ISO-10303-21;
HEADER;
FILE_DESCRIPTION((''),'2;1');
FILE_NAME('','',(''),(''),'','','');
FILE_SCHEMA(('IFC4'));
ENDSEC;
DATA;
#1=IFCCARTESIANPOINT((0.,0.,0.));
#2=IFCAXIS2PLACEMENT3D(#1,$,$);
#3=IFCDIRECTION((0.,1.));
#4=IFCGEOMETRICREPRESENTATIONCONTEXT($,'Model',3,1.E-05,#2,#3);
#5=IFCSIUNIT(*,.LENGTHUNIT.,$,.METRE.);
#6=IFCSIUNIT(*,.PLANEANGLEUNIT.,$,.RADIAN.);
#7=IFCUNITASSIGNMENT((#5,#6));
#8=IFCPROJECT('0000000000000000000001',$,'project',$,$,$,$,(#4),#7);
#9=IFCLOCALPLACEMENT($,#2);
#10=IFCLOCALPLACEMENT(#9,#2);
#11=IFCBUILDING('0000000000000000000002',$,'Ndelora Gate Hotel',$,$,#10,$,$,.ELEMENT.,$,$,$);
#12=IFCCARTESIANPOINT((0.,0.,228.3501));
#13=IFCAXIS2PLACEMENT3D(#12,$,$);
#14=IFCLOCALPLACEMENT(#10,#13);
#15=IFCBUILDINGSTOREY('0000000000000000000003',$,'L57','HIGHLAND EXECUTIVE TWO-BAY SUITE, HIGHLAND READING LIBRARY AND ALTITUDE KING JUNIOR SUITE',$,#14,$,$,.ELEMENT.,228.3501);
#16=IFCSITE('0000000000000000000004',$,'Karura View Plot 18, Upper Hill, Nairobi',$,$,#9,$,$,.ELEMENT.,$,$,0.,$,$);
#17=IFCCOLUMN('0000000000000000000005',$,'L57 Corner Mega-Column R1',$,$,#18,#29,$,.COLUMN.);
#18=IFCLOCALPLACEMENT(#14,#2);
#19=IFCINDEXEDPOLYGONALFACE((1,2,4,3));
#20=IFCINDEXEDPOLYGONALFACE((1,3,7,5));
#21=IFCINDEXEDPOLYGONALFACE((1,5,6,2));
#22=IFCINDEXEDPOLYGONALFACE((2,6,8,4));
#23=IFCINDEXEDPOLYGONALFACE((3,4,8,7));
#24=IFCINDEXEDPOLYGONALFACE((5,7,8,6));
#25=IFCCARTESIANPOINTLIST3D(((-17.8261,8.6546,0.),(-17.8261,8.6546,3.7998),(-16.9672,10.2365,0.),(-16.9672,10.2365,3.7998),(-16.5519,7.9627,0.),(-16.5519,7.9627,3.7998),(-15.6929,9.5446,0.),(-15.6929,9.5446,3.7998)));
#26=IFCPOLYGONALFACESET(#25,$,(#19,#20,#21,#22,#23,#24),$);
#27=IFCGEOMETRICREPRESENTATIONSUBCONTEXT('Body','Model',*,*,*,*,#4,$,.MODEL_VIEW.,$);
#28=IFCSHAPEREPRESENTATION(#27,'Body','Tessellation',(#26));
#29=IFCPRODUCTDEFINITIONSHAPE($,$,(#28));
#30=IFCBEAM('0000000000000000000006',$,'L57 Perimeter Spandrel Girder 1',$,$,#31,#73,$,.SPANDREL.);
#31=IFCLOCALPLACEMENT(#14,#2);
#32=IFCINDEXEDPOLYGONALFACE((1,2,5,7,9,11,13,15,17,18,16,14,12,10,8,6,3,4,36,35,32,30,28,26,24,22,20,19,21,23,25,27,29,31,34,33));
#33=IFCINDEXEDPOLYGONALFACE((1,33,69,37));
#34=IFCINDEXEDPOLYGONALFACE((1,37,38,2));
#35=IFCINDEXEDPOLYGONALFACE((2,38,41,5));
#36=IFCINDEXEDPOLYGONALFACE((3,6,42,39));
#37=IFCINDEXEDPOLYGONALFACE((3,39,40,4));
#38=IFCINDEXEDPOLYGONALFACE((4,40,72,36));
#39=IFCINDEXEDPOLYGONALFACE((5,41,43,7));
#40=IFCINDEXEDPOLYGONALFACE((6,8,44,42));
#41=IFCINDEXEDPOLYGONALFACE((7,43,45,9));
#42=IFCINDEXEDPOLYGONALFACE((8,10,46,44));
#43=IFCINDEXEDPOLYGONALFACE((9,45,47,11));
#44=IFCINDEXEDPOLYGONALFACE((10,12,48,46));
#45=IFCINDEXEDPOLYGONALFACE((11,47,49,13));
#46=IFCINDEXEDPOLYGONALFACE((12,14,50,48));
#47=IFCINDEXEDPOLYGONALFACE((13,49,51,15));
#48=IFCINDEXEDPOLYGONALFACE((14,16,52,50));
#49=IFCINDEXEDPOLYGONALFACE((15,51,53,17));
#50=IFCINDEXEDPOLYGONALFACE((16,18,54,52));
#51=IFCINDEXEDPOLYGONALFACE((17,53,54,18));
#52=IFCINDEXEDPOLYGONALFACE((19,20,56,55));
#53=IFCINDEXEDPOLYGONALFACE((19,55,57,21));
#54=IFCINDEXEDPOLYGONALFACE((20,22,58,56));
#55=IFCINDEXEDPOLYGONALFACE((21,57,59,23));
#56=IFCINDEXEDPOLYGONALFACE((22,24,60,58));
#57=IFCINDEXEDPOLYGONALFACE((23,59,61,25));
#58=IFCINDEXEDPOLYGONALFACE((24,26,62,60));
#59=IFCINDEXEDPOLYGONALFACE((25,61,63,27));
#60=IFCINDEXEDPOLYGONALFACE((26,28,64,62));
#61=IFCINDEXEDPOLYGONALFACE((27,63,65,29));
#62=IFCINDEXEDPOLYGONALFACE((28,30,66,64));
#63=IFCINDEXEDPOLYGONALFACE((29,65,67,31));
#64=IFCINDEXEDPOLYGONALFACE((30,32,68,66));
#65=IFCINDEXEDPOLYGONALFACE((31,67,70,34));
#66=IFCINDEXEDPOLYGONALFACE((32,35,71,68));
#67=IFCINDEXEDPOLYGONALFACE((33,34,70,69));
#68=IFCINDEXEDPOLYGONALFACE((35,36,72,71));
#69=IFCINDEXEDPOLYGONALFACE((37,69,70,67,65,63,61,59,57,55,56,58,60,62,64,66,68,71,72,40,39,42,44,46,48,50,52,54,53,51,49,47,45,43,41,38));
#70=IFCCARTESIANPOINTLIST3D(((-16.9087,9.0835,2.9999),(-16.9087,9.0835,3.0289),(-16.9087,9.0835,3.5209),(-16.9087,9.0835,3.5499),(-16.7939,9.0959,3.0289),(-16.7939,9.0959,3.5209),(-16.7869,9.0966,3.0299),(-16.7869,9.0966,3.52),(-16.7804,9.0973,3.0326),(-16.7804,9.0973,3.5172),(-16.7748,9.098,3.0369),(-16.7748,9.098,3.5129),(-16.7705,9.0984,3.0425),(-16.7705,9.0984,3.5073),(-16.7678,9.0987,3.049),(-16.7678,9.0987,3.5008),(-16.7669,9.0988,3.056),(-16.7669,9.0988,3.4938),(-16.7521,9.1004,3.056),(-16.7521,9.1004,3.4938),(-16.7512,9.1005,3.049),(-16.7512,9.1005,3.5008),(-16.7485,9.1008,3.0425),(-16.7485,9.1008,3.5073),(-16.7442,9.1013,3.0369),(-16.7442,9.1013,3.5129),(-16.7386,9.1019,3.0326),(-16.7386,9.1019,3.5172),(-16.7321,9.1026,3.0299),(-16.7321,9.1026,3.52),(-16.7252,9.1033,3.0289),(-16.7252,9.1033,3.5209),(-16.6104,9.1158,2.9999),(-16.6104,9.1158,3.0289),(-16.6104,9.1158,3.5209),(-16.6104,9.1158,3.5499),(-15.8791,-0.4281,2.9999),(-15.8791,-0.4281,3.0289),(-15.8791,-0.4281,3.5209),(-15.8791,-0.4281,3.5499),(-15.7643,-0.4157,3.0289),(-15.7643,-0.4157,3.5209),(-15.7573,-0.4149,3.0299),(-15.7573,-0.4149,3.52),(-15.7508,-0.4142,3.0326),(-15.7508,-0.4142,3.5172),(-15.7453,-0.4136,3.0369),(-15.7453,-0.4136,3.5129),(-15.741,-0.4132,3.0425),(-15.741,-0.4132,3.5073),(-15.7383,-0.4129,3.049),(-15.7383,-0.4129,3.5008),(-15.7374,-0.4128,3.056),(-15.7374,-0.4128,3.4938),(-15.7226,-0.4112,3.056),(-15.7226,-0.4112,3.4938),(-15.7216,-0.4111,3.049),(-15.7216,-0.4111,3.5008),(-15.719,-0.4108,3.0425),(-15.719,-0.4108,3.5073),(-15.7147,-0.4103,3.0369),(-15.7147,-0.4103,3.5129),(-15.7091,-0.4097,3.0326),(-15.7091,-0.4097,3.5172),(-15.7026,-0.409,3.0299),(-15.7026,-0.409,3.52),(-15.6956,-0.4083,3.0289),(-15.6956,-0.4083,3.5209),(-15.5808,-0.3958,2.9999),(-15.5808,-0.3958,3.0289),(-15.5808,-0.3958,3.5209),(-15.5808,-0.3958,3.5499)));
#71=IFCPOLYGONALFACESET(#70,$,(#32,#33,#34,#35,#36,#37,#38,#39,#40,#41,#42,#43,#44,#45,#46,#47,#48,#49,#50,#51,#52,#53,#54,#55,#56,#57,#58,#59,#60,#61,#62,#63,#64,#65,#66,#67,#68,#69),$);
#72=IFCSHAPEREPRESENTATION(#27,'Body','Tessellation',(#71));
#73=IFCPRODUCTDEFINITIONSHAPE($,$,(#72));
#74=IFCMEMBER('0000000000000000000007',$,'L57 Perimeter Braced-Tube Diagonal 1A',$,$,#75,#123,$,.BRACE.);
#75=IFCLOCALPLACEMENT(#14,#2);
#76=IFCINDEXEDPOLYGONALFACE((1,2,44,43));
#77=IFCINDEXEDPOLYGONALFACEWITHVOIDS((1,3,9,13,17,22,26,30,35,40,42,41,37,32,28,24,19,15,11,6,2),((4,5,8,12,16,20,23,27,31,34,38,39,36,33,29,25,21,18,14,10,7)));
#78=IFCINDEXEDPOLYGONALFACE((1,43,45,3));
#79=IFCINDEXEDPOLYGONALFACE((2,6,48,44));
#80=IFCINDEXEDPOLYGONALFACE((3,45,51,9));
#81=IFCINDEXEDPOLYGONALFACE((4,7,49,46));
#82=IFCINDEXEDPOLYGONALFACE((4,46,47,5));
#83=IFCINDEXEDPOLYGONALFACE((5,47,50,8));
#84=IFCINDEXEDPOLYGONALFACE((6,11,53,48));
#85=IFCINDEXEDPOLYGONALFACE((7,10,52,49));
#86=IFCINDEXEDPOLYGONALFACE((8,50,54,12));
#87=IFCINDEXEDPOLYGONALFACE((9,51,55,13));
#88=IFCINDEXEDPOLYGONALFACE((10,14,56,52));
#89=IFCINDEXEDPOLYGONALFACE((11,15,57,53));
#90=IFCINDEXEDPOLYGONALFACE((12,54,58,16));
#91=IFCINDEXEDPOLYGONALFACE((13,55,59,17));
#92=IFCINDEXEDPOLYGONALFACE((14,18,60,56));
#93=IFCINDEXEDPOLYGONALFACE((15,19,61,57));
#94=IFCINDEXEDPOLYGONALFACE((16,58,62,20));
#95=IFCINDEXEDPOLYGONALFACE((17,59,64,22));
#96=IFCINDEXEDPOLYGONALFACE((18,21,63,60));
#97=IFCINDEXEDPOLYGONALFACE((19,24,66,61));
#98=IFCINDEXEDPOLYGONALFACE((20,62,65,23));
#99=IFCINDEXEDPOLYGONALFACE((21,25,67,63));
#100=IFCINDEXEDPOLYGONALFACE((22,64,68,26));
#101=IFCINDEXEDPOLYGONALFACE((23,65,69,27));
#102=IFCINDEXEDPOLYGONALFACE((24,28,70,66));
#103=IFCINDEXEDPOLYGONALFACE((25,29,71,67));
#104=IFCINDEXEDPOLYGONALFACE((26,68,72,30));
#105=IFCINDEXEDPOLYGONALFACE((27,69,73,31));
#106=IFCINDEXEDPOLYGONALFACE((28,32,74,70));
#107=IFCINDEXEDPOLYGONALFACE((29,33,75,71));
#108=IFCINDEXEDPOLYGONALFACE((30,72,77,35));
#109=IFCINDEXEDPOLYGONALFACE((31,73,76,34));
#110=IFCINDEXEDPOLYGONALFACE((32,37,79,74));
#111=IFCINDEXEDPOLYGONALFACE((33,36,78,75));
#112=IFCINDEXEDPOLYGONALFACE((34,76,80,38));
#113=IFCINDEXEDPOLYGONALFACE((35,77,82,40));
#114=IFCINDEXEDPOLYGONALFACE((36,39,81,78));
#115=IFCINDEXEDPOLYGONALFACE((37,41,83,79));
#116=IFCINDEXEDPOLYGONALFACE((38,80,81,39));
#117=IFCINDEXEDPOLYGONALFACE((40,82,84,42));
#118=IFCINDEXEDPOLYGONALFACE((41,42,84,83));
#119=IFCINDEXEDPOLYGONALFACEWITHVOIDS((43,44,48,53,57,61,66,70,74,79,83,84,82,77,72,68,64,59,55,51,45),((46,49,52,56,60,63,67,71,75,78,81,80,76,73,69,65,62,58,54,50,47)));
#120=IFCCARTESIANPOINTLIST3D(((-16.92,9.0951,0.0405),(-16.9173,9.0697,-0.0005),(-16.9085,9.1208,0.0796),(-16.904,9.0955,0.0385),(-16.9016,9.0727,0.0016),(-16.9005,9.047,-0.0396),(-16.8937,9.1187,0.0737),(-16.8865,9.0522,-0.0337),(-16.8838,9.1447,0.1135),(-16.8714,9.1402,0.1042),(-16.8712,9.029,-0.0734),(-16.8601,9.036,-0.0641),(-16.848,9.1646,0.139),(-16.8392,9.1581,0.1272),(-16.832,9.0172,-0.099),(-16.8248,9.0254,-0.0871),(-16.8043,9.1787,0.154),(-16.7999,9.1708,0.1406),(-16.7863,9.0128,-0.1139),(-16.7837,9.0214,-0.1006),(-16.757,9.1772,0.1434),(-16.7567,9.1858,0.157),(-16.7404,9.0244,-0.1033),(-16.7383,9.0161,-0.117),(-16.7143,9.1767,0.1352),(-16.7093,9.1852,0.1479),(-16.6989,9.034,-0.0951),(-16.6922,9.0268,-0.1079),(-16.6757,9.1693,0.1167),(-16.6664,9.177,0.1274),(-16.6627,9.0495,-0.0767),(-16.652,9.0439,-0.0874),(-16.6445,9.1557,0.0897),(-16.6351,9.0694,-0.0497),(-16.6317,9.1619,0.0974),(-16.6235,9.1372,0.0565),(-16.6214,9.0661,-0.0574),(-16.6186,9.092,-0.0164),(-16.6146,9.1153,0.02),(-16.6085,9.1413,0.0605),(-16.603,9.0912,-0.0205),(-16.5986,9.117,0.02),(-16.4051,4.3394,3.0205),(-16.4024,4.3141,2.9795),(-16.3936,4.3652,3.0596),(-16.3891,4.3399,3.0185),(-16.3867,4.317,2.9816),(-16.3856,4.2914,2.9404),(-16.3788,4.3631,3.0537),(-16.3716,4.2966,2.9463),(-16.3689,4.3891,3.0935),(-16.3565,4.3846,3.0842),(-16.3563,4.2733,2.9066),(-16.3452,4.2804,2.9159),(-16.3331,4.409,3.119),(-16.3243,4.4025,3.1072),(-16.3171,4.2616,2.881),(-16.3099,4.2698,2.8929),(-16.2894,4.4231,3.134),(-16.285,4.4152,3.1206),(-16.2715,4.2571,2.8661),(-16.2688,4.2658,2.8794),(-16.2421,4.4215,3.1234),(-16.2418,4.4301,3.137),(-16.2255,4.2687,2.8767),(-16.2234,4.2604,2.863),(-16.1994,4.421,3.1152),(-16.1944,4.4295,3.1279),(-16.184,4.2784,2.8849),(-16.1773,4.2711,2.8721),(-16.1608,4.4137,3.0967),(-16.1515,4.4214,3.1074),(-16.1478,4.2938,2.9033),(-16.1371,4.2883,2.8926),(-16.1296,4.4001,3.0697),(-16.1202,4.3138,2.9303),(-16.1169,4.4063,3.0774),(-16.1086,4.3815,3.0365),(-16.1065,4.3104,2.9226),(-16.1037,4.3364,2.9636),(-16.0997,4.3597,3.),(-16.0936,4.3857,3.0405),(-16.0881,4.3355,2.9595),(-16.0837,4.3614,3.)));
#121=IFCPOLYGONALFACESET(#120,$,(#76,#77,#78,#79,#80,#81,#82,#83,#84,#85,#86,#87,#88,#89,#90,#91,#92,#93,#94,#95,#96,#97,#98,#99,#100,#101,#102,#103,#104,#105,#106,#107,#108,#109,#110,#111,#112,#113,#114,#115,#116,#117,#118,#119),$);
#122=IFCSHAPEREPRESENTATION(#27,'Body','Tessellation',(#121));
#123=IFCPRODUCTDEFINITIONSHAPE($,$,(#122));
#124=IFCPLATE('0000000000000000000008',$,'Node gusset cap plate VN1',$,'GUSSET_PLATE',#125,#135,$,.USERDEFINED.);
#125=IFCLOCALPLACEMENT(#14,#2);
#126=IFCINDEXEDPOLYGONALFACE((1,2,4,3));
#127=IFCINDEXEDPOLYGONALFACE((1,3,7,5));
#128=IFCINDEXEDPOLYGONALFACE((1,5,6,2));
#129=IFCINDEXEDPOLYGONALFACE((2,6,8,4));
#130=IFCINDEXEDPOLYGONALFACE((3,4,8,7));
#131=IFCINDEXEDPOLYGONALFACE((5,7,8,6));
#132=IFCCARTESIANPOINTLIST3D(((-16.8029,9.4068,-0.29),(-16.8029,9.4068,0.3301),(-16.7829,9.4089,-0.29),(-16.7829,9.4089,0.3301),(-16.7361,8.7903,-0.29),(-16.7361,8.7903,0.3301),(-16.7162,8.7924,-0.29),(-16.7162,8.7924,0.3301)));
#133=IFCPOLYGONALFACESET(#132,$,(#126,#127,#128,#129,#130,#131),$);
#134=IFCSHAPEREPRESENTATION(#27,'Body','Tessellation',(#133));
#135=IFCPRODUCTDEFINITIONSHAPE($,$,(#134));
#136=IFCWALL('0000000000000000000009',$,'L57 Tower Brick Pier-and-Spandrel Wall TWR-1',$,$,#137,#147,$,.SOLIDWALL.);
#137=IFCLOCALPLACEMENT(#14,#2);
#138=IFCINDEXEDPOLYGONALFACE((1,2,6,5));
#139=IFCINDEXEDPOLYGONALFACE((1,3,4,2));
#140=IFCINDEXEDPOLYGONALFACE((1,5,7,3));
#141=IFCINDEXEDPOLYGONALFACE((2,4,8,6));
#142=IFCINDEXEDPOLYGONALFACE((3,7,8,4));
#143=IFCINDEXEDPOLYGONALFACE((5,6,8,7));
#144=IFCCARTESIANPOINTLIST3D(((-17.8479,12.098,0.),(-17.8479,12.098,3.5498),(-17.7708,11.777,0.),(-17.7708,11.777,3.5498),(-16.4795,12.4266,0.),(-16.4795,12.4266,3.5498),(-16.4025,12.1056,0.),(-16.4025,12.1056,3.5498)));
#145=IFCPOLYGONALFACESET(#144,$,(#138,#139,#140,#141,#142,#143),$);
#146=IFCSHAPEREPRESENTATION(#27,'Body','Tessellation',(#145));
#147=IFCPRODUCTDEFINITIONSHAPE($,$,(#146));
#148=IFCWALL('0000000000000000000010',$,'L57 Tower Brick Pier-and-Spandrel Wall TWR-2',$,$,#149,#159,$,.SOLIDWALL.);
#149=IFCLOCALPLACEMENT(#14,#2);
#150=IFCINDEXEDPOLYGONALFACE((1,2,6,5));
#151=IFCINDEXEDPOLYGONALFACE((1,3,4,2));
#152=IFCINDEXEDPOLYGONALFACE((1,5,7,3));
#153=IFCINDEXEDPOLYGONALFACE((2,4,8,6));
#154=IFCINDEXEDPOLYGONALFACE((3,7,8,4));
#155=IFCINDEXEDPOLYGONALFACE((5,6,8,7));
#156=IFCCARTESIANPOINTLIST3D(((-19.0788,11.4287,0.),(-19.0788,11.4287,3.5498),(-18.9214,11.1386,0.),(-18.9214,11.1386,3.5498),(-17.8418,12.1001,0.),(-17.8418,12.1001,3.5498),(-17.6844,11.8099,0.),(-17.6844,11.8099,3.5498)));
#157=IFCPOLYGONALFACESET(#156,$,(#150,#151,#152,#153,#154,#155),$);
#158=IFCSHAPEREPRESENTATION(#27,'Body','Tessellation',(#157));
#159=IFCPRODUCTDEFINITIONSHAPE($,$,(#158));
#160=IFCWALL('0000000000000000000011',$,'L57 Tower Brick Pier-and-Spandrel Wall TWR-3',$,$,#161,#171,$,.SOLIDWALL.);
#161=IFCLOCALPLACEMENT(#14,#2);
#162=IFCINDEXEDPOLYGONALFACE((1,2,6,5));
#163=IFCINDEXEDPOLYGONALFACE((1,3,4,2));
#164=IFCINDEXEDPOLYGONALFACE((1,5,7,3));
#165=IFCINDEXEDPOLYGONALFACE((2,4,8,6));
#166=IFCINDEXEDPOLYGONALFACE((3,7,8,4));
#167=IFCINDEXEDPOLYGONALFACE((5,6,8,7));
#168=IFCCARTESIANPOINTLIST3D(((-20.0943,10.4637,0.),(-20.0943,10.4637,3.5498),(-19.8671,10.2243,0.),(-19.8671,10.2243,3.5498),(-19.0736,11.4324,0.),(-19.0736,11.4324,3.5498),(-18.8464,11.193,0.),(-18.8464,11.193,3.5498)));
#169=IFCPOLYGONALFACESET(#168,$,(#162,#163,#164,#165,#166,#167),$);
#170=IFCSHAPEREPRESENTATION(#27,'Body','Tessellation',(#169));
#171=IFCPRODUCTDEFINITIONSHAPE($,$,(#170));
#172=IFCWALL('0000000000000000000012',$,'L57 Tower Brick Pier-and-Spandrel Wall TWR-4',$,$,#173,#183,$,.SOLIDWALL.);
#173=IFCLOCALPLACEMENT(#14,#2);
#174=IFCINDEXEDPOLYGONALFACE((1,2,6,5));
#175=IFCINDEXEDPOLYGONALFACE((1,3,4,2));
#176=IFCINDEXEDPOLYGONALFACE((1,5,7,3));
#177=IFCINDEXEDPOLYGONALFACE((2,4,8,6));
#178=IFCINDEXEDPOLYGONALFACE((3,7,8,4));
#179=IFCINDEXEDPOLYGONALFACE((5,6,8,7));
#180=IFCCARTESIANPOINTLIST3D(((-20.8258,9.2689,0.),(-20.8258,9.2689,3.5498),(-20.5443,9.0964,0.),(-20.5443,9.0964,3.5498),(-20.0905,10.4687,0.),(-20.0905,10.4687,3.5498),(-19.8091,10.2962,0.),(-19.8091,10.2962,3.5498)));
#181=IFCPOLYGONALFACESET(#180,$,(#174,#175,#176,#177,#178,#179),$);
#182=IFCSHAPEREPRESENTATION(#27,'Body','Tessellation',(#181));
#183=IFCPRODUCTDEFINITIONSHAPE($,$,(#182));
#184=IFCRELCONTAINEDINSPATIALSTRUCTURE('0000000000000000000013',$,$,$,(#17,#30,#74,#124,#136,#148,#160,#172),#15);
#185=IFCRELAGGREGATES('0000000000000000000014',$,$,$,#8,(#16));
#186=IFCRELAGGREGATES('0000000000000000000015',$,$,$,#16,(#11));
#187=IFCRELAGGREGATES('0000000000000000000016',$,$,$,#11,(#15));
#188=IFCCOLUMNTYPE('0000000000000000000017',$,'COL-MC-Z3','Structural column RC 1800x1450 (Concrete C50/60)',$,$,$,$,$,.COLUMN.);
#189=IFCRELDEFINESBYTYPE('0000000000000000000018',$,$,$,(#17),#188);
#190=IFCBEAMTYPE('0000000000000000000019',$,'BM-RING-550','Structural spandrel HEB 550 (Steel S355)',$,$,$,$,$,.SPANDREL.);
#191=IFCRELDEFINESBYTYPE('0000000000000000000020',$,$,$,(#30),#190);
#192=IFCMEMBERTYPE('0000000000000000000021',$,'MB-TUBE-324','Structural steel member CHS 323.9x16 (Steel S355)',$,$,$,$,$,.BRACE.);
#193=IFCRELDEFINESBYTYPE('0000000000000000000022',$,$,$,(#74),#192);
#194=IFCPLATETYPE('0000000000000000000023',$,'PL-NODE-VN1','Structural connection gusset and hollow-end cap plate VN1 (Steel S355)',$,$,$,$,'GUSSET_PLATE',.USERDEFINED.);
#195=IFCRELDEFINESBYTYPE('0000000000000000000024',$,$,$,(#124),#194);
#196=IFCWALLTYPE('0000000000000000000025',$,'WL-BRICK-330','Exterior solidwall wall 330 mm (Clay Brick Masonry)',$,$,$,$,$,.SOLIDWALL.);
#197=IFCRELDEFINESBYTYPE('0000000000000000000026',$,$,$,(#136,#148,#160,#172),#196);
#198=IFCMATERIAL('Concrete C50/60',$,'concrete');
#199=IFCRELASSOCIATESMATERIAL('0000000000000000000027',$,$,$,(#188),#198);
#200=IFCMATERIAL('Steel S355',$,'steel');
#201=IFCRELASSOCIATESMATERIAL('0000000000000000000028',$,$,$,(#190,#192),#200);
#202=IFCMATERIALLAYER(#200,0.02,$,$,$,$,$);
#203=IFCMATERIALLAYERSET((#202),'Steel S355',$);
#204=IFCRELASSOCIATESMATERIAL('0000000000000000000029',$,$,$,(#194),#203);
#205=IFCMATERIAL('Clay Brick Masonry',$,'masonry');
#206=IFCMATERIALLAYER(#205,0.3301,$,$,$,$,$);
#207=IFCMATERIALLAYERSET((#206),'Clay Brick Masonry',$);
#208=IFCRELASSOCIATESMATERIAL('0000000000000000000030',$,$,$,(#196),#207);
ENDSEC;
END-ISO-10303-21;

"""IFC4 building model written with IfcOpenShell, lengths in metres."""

from ifc_helpers import new_model, si_unit, direction, frame, frame_2d, origin, origin_2d, place, context, subcontext, project, spatial, rectangle, hollow_circle, i_section, extrude, material, layer, layer_set, material_profile, profile_set, type_object, element, save


model = new_model("IFC4")

# Units and contexts
model_context = context("Model", 3, precision=1e-05, world=origin(), true_north=direction((0.0, 1.0)))
body_context = subcontext(model_context, "Body", "Model", "MODEL_VIEW")
ifc_project = project(units=[si_unit("LENGTHUNIT", "METRE"), si_unit("PLANEANGLEUNIT", "RADIAN")], contexts=[model_context])

# Site, building, storey
site_placement = place(None, origin())
site = spatial("IfcSite", under=ifc_project, at=site_placement, Name="Karura View Plot 18, Upper Hill, Nairobi", CompositionType="ELEMENT", RefElevation=0.0)
building_placement = place(site_placement, origin())
building = spatial("IfcBuilding", under=site, at=building_placement, Name="Ndelora Gate Hotel", CompositionType="ELEMENT")
storey_placement = place(building_placement, frame((0.0, 0.0, 228.3501)))
storey = spatial("IfcBuildingStorey", under=building, at=storey_placement, Name="L57", Description="HIGHLAND EXECUTIVE TWO-BAY SUITE, HIGHLAND READING LIBRARY AND ALTITUDE KING JUNIOR SUITE", CompositionType="ELEMENT", Elevation=228.3501)

# Column
ifc_material_1 = material(Name="Concrete C50/60", Category="concrete")
ifc_material_profile_1 = material_profile(ifc_material_1, rectangle(XDim=1.45, YDim=1.8, at=origin_2d()), Name="RC 1800x1450")
ifc_profile_set_1 = profile_set([ifc_material_profile_1], Name="Concrete C50/60")
column_type = type_object("IfcColumnType", Name="COL-MC-Z3", Description="Structural column RC 1800x1450 (Concrete C50/60)", PredefinedType="COLUMN", material=ifc_profile_set_1)
column_placement = place(storey_placement, frame((-16.7595, 9.0996, 0.0), z_axis=(0.0, 0.0, 1.0), x_axis=(-0.878817, 0.477159, 0.0)))
element("IfcColumn", 1, at=column_placement, inside=storey, type_object=column_type, Name="L57 Corner Mega-Column R1", PredefinedType="COLUMN", context=body_context, shape_type="SweptSolid", body=[
    extrude(rectangle(XDim=1.45, YDim=1.8, at=origin_2d()), origin(), (0.0, 0.0, 1.0), 3.7998),
])

# Beam
ifc_material_2 = material(Name="Steel S355", Category="steel")
ifc_material_profile_2 = material_profile(ifc_material_2, i_section(OverallWidth=0.3, OverallDepth=0.55, WebThickness=0.0149, FlangeThickness=0.0291, FilletRadius=0.0271, at=origin_2d()), Name="HEB 550")
ifc_profile_set_2 = profile_set([ifc_material_profile_2], Name="Steel S355")
beam_type = type_object("IfcBeamType", Name="BM-RING-550", Description="Structural spandrel HEB 550 (Steel S355)", PredefinedType="SPANDREL", material=ifc_profile_set_2)
beam_placement = place(storey_placement, frame((-16.7595, 9.0996, 3.2749), z_axis=(0.107613, -0.994193, 0.0), x_axis=(0.994193, 0.107613, 0.0)))
element("IfcBeam", 2, at=beam_placement, inside=storey, type_object=beam_type, Name="L57 Perimeter Spandrel Girder 1", PredefinedType="SPANDREL", context=body_context, shape_type="SweptSolid", body=[
    extrude(i_section(OverallWidth=0.3, OverallDepth=0.55, WebThickness=0.0149, FlangeThickness=0.0291, FilletRadius=0.0271, at=origin_2d()), origin(), (0.0, 0.0, 1.0), 9.5671),
])

# Member
ifc_material_profile_3 = material_profile(ifc_material_2, hollow_circle(Radius=0.1619, WallThickness=0.0161, at=origin_2d()), Name="CHS 323.9x16")
ifc_profile_set_3 = profile_set([ifc_material_profile_3], Name="Steel S355")
member_type = type_object("IfcMemberType", Name="MB-TUBE-324", Description="Structural steel member CHS 323.9x16 (Steel S355)", PredefinedType="BRACE", material=ifc_profile_set_3)
member_placement = place(storey_placement, frame((-16.7595, 9.0996, 0.02), z_axis=(0.091362, -0.843835, 0.528767), x_axis=(0.99419, 0.107641, 0.0)))
element("IfcMember", 3, at=member_placement, inside=storey, type_object=member_type, Name="L57 Perimeter Braced-Tube Diagonal 1A", PredefinedType="BRACE", context=body_context, shape_type="SweptSolid", body=[
    extrude(hollow_circle(Radius=0.1619, WallThickness=0.0161, at=origin_2d()), origin(), (0.0, 0.0, 1.0), 5.6357),
])

# Plate
ifc_layer_1 = layer(ifc_material_2, 0.02)
ifc_layer_set_1 = layer_set([ifc_layer_1], Name="Steel S355")
plate_type = type_object("IfcPlateType", Name="PL-NODE-VN1", Description="Structural connection gusset and hollow-end cap plate VN1 (Steel S355)", ElementType="GUSSET_PLATE", PredefinedType="USERDEFINED", material=ifc_layer_set_1)
plate_placement = place(storey_placement, frame((-16.7595, 9.0996, -0.29), z_axis=(0.0, 0.0, 1.0), x_axis=(-0.107652, 0.994189, 0.0)))
element("IfcPlate", 4, at=plate_placement, inside=storey, type_object=plate_type, Name="Node gusset cap plate VN1", ObjectType="GUSSET_PLATE", PredefinedType="USERDEFINED", context=body_context, shape_type="SweptSolid", body=[
    extrude(rectangle(XDim=0.6201, YDim=0.02, at=origin_2d()), origin(), (0.0, 0.0, 1.0), 0.6201),
])

# Walls
ifc_material_3 = material(Name="Clay Brick Masonry", Category="masonry")
ifc_layer_2 = layer(ifc_material_3, 0.3301)
ifc_layer_set_2 = layer_set([ifc_layer_2], Name="Clay Brick Masonry")
wall_type_1 = type_object("IfcWallType", Name="WL-BRICK-330", Description="Exterior solidwall wall 330 mm (Clay Brick Masonry)", PredefinedType="SOLIDWALL", material=ifc_layer_set_2)
wall_1_placement = place(storey_placement, frame((-17.8093, 11.9375, 0.0), z_axis=(0.0, 0.0, 1.0), x_axis=(0.972356, 0.233504, 0.0)))
element("IfcWall", 5, at=wall_1_placement, inside=storey, type_object=wall_type_1, Name="L57 Tower Brick Pier-and-Spandrel Wall TWR-1", PredefinedType="SOLIDWALL", context=body_context, shape_type="SweptSolid", body=[
    extrude(rectangle(XDim=1.4072, YDim=0.3301, at=frame_2d((0.7036, 0.0))), origin(), (0.0, 0.0, 1.0), 3.5498),
])
wall_2_placement = place(storey_placement, frame((-19.0, 11.2837, 0.0), z_axis=(0.0, 0.0, 1.0), x_axis=(0.878901, 0.477004, 0.0)))
element("IfcWall", 6, at=wall_2_placement, inside=storey, type_object=wall_type_1, Name="L57 Tower Brick Pier-and-Spandrel Wall TWR-2", PredefinedType="SOLIDWALL", context=body_context, shape_type="SweptSolid", body=[
    extrude(rectangle(XDim=1.4075, YDim=0.3301, at=frame_2d((0.7036, 0.0))), origin(), (0.0, 0.0, 1.0), 3.5498),
])
for number, where, z_axis, x_axis, name in (
    (7, (-19.9807, 10.344, 0.0), (0.0, 0.0, 1.0), (0.725342, 0.688389, 0.0), "L57 Tower Brick Pier-and-Spandrel Wall TWR-3"),
    (8, (-20.6851, 9.1826, 0.0), (0.0, 0.0, 1.0), (0.522509, 0.852634, 0.0), "L57 Tower Brick Pier-and-Spandrel Wall TWR-4"),
):
    element("IfcWall", number, at=place(storey_placement, frame(where, z_axis=z_axis, x_axis=x_axis)), inside=storey, type_object=wall_type_1, Name=name, PredefinedType="SOLIDWALL", context=body_context, shape_type="SweptSolid", body=[
        extrude(rectangle(XDim=1.4072, YDim=0.3301, at=frame_2d((0.7036, 0.0))), origin(), (0.0, 0.0, 1.0), 3.5498),
    ])

save(model, "model.ifc")
